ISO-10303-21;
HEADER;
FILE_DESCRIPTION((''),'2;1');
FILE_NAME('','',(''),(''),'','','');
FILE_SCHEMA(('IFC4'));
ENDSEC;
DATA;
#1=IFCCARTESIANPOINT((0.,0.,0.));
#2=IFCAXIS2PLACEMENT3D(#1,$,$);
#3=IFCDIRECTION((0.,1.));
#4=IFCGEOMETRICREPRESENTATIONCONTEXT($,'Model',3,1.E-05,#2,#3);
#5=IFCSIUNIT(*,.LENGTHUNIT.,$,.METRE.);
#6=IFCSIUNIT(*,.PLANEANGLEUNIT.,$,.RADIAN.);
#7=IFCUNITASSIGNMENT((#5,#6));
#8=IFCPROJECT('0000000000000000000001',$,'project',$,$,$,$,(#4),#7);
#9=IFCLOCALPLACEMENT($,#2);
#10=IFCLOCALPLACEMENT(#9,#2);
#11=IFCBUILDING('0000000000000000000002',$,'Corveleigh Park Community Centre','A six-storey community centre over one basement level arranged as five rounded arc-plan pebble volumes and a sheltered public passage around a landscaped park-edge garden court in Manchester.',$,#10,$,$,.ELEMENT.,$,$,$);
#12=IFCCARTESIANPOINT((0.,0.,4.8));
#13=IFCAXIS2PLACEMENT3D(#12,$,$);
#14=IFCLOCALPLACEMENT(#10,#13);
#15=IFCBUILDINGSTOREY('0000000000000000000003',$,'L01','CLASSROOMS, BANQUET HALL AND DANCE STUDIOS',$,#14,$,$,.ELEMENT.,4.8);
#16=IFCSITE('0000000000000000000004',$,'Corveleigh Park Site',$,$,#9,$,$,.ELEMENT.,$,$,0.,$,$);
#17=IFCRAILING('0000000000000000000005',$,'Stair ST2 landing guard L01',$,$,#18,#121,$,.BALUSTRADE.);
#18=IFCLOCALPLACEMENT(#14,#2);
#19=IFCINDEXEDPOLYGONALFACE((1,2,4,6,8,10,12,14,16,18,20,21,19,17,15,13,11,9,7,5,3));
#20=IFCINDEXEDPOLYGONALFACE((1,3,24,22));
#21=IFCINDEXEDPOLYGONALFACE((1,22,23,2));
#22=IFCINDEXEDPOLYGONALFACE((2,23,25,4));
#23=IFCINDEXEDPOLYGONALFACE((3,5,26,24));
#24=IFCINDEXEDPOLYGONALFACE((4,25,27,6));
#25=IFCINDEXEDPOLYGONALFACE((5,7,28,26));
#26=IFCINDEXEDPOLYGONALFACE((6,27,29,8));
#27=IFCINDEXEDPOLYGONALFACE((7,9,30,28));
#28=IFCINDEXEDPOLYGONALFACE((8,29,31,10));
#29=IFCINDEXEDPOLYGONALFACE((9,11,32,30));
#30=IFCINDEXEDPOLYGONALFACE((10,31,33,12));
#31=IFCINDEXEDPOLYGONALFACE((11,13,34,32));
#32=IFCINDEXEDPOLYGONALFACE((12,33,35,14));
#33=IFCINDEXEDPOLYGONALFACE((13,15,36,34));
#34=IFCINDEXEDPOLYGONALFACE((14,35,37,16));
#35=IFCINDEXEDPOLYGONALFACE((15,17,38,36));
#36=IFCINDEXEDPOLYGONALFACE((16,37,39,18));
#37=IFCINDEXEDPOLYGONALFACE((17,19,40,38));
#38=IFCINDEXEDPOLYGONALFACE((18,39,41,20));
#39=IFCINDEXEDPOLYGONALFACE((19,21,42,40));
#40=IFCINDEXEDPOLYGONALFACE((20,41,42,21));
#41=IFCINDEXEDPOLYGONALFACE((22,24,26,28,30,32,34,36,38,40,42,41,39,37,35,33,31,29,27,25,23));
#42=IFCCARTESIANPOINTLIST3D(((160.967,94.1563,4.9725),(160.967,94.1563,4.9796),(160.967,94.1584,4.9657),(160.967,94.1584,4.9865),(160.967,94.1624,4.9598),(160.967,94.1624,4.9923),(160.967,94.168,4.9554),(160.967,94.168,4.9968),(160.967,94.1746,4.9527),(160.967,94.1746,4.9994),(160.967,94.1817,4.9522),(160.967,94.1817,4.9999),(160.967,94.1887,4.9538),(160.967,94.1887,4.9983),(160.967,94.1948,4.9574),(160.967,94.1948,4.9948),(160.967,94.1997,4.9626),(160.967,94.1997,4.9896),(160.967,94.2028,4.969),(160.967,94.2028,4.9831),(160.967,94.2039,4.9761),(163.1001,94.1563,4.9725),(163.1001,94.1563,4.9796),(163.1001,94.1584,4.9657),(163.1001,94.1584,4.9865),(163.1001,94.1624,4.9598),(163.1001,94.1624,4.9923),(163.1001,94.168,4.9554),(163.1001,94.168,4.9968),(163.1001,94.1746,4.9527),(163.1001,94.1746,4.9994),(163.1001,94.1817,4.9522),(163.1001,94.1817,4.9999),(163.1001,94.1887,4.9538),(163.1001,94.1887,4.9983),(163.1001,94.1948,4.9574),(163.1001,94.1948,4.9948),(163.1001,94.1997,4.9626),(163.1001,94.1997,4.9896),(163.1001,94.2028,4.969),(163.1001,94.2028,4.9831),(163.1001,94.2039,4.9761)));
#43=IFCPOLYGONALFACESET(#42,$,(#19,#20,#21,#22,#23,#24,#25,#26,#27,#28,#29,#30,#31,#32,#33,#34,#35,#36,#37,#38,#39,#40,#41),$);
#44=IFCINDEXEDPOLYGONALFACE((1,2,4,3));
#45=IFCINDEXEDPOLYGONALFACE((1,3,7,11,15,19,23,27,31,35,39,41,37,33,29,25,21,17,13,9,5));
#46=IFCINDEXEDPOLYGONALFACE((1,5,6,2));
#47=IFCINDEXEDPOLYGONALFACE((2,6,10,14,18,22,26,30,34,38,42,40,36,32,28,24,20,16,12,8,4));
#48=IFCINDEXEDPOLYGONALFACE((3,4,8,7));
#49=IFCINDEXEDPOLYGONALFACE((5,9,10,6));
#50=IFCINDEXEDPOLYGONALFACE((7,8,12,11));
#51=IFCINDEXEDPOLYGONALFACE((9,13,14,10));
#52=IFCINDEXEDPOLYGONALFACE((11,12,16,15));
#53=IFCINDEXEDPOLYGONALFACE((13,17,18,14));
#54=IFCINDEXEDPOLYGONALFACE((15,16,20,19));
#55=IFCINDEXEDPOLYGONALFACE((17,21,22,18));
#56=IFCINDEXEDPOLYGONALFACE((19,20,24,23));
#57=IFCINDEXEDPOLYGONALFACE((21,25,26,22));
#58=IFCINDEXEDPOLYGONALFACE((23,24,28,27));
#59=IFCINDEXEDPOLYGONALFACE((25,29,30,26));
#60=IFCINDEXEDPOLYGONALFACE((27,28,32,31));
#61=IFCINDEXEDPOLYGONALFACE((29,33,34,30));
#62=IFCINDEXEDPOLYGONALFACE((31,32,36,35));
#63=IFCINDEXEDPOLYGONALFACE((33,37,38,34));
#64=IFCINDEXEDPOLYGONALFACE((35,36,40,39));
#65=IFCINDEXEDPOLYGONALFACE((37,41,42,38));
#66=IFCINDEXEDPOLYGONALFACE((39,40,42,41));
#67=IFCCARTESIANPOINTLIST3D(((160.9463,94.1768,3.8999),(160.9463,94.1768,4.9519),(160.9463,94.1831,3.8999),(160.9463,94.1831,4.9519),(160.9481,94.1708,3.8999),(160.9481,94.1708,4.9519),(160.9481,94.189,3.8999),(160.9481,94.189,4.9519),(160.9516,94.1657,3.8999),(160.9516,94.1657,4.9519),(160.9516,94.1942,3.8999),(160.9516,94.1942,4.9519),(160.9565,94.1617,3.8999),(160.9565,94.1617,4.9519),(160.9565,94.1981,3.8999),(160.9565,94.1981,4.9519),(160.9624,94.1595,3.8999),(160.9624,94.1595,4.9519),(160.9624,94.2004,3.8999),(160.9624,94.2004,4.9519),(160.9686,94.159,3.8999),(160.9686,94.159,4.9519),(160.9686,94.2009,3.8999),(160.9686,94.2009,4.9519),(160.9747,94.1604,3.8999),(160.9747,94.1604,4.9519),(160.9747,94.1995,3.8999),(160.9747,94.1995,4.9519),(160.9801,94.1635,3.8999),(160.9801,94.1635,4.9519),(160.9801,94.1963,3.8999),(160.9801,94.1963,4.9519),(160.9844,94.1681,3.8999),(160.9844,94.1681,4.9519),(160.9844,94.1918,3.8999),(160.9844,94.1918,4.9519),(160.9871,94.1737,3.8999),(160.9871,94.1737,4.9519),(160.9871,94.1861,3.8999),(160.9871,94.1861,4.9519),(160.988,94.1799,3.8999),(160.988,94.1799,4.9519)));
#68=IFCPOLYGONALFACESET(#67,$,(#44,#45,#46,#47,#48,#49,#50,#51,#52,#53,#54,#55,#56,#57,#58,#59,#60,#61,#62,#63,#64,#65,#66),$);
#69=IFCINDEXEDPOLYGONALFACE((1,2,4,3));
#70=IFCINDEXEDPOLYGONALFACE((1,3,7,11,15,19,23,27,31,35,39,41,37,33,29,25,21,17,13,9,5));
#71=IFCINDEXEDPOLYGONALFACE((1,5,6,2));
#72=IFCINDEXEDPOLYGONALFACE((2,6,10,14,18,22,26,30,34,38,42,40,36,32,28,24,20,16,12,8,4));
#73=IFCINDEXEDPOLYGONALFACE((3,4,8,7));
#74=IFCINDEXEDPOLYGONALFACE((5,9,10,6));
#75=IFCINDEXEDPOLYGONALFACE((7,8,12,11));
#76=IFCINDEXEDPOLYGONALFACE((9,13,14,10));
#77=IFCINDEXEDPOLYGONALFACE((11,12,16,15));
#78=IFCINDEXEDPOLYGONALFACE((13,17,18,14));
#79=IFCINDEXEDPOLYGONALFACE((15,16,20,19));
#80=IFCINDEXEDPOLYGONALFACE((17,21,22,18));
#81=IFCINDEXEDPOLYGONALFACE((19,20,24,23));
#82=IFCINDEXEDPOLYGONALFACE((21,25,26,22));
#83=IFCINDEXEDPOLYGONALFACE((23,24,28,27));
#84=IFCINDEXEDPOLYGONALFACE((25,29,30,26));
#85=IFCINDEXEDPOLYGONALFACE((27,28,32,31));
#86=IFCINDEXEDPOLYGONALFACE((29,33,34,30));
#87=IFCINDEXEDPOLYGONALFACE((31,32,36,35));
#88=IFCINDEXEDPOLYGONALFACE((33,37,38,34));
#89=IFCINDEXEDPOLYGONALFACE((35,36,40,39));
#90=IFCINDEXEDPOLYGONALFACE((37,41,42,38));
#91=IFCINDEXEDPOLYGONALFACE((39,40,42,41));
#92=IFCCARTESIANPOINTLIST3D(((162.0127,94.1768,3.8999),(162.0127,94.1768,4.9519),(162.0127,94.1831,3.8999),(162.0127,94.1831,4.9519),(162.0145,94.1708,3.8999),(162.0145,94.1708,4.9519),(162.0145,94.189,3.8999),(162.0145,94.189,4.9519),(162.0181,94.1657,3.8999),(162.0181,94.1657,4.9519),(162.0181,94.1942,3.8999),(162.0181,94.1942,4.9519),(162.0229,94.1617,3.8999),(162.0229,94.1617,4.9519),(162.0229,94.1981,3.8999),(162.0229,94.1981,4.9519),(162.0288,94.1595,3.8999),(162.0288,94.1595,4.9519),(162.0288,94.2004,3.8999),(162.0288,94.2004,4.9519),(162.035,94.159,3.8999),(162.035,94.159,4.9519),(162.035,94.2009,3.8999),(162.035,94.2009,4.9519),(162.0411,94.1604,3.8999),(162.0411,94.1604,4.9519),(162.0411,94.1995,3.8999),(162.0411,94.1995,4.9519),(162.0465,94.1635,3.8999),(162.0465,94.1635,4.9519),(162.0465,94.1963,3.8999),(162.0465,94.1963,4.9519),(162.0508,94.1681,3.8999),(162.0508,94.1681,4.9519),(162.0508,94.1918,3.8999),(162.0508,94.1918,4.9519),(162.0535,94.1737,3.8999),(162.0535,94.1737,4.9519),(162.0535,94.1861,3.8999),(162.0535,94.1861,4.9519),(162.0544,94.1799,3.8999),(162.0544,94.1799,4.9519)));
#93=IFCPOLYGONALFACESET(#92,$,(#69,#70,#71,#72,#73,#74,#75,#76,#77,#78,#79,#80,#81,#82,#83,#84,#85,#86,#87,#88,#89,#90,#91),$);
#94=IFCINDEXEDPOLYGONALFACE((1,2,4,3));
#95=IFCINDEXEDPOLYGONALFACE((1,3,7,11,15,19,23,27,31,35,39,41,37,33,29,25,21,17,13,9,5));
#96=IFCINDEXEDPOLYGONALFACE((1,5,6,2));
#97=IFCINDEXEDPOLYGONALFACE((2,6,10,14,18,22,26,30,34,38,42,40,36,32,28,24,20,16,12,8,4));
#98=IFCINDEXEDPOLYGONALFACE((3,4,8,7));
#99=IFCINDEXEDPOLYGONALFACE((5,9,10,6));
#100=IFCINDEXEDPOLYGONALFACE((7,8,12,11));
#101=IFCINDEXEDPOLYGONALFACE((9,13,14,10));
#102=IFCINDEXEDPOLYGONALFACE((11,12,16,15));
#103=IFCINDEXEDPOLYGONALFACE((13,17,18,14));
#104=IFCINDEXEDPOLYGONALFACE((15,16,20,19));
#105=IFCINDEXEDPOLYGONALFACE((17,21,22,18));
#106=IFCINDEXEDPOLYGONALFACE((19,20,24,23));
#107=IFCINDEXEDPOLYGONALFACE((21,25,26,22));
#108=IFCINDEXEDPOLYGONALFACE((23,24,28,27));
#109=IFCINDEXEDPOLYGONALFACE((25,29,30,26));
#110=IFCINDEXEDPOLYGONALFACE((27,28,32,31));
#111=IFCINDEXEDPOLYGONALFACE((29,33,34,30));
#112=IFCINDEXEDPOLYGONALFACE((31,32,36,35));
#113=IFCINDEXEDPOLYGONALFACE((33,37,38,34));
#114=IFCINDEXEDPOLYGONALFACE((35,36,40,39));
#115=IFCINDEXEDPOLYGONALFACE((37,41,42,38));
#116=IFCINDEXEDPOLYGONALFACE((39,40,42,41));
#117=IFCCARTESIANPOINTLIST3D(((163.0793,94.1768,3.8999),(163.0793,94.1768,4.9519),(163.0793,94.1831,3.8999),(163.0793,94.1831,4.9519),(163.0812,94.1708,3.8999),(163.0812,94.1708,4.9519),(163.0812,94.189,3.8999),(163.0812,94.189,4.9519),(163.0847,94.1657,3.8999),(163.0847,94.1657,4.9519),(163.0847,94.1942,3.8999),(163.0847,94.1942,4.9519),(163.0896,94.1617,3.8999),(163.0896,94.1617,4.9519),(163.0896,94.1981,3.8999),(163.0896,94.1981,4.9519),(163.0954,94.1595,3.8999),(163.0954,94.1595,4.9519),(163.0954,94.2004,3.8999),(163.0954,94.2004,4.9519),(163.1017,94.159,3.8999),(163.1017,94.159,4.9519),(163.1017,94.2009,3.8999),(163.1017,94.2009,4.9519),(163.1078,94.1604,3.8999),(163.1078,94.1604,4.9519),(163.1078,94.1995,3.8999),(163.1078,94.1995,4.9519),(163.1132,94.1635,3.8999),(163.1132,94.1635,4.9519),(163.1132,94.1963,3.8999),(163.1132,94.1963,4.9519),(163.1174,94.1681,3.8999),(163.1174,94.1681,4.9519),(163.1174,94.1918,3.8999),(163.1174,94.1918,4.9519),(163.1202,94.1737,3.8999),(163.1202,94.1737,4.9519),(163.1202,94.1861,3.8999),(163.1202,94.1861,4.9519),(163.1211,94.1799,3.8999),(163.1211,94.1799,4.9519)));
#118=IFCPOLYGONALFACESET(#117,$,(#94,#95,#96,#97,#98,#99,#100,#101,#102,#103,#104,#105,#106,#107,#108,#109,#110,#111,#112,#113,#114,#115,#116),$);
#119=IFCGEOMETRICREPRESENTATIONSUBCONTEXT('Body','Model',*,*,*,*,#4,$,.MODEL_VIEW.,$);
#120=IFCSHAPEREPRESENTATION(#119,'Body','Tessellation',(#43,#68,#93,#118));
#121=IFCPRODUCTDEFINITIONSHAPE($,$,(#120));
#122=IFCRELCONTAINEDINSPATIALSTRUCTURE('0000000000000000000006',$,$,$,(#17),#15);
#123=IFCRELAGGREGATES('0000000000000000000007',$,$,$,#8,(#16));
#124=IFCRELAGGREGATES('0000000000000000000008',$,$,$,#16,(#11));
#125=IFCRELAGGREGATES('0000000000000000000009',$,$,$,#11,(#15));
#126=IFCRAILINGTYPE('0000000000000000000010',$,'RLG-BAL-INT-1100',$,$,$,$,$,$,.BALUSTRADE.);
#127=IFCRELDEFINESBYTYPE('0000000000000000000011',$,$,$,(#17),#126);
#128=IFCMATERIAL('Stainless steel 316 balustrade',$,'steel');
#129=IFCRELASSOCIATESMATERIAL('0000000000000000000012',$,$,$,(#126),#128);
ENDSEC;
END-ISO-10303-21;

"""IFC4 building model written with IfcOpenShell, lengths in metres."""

from ifc_helpers import new_model, si_unit, direction, frame, origin, origin_2d, place, context, subcontext, project, spatial, circle, extrude, material, type_object, element, save


model = new_model("IFC4")

# Units and contexts
model_context = context("Model", 3, precision=1e-05, world=origin(), true_north=direction((0.0, 1.0)))
body_context = subcontext(model_context, "Body", "Model", "MODEL_VIEW")
ifc_project = project(units=[si_unit("LENGTHUNIT", "METRE"), si_unit("PLANEANGLEUNIT", "RADIAN")], contexts=[model_context])

# Site, building, storey
site_placement = place(None, origin())
site = spatial("IfcSite", under=ifc_project, at=site_placement, Name="Corveleigh Park Site", CompositionType="ELEMENT", RefElevation=0.0)
building_placement = place(site_placement, origin())
building = spatial("IfcBuilding", under=site, at=building_placement, Name="Corveleigh Park Community Centre", Description="A six-storey community centre over one basement level arranged as five rounded arc-plan pebble volumes and a sheltered public passage around a landscaped park-edge garden court in Manchester.", CompositionType="ELEMENT")
storey_placement = place(building_placement, frame((0.0, 0.0, 4.8)))
storey = spatial("IfcBuildingStorey", under=building, at=storey_placement, Name="L01", Description="CLASSROOMS, BANQUET HALL AND DANCE STUDIOS", CompositionType="ELEMENT", Elevation=4.8)

# Railing
ifc_material_1 = material(Name="Stainless steel 316 balustrade", Category="steel")
railing_type = type_object("IfcRailingType", Name="RLG-BAL-INT-1100", PredefinedType="BALUSTRADE", material=ifc_material_1)
railing_1_placement = place(storey_placement, frame((160.967, 94.1799, 3.8999)))
element("IfcRailing", 1, at=railing_1_placement, inside=storey, type_object=railing_type, Name="Stair ST2 landing guard L01", PredefinedType="BALUSTRADE", context=body_context, shape_type="SweptSolid", body=[
    extrude(circle(Radius=0.0239, at=origin_2d()), frame((0.0, 0.0, 1.0762), z_axis=(1.0, 0.0, 0.0), x_axis=(0.0, 1.0, 0.0)), (0.0, 0.0, 1.0), 2.1331),
    extrude(circle(Radius=0.021, at=origin_2d()), origin(), (0.0, 0.0, 1.0), 1.052),
    extrude(circle(Radius=0.021, at=origin_2d()), frame((1.0664, 0.0, 0.0)), (0.0, 0.0, 1.0), 1.052),
    extrude(circle(Radius=0.021, at=origin_2d()), frame((2.1331, 0.0, 0.0)), (0.0, 0.0, 1.0), 1.052),
])

save(model, "model.ifc")
